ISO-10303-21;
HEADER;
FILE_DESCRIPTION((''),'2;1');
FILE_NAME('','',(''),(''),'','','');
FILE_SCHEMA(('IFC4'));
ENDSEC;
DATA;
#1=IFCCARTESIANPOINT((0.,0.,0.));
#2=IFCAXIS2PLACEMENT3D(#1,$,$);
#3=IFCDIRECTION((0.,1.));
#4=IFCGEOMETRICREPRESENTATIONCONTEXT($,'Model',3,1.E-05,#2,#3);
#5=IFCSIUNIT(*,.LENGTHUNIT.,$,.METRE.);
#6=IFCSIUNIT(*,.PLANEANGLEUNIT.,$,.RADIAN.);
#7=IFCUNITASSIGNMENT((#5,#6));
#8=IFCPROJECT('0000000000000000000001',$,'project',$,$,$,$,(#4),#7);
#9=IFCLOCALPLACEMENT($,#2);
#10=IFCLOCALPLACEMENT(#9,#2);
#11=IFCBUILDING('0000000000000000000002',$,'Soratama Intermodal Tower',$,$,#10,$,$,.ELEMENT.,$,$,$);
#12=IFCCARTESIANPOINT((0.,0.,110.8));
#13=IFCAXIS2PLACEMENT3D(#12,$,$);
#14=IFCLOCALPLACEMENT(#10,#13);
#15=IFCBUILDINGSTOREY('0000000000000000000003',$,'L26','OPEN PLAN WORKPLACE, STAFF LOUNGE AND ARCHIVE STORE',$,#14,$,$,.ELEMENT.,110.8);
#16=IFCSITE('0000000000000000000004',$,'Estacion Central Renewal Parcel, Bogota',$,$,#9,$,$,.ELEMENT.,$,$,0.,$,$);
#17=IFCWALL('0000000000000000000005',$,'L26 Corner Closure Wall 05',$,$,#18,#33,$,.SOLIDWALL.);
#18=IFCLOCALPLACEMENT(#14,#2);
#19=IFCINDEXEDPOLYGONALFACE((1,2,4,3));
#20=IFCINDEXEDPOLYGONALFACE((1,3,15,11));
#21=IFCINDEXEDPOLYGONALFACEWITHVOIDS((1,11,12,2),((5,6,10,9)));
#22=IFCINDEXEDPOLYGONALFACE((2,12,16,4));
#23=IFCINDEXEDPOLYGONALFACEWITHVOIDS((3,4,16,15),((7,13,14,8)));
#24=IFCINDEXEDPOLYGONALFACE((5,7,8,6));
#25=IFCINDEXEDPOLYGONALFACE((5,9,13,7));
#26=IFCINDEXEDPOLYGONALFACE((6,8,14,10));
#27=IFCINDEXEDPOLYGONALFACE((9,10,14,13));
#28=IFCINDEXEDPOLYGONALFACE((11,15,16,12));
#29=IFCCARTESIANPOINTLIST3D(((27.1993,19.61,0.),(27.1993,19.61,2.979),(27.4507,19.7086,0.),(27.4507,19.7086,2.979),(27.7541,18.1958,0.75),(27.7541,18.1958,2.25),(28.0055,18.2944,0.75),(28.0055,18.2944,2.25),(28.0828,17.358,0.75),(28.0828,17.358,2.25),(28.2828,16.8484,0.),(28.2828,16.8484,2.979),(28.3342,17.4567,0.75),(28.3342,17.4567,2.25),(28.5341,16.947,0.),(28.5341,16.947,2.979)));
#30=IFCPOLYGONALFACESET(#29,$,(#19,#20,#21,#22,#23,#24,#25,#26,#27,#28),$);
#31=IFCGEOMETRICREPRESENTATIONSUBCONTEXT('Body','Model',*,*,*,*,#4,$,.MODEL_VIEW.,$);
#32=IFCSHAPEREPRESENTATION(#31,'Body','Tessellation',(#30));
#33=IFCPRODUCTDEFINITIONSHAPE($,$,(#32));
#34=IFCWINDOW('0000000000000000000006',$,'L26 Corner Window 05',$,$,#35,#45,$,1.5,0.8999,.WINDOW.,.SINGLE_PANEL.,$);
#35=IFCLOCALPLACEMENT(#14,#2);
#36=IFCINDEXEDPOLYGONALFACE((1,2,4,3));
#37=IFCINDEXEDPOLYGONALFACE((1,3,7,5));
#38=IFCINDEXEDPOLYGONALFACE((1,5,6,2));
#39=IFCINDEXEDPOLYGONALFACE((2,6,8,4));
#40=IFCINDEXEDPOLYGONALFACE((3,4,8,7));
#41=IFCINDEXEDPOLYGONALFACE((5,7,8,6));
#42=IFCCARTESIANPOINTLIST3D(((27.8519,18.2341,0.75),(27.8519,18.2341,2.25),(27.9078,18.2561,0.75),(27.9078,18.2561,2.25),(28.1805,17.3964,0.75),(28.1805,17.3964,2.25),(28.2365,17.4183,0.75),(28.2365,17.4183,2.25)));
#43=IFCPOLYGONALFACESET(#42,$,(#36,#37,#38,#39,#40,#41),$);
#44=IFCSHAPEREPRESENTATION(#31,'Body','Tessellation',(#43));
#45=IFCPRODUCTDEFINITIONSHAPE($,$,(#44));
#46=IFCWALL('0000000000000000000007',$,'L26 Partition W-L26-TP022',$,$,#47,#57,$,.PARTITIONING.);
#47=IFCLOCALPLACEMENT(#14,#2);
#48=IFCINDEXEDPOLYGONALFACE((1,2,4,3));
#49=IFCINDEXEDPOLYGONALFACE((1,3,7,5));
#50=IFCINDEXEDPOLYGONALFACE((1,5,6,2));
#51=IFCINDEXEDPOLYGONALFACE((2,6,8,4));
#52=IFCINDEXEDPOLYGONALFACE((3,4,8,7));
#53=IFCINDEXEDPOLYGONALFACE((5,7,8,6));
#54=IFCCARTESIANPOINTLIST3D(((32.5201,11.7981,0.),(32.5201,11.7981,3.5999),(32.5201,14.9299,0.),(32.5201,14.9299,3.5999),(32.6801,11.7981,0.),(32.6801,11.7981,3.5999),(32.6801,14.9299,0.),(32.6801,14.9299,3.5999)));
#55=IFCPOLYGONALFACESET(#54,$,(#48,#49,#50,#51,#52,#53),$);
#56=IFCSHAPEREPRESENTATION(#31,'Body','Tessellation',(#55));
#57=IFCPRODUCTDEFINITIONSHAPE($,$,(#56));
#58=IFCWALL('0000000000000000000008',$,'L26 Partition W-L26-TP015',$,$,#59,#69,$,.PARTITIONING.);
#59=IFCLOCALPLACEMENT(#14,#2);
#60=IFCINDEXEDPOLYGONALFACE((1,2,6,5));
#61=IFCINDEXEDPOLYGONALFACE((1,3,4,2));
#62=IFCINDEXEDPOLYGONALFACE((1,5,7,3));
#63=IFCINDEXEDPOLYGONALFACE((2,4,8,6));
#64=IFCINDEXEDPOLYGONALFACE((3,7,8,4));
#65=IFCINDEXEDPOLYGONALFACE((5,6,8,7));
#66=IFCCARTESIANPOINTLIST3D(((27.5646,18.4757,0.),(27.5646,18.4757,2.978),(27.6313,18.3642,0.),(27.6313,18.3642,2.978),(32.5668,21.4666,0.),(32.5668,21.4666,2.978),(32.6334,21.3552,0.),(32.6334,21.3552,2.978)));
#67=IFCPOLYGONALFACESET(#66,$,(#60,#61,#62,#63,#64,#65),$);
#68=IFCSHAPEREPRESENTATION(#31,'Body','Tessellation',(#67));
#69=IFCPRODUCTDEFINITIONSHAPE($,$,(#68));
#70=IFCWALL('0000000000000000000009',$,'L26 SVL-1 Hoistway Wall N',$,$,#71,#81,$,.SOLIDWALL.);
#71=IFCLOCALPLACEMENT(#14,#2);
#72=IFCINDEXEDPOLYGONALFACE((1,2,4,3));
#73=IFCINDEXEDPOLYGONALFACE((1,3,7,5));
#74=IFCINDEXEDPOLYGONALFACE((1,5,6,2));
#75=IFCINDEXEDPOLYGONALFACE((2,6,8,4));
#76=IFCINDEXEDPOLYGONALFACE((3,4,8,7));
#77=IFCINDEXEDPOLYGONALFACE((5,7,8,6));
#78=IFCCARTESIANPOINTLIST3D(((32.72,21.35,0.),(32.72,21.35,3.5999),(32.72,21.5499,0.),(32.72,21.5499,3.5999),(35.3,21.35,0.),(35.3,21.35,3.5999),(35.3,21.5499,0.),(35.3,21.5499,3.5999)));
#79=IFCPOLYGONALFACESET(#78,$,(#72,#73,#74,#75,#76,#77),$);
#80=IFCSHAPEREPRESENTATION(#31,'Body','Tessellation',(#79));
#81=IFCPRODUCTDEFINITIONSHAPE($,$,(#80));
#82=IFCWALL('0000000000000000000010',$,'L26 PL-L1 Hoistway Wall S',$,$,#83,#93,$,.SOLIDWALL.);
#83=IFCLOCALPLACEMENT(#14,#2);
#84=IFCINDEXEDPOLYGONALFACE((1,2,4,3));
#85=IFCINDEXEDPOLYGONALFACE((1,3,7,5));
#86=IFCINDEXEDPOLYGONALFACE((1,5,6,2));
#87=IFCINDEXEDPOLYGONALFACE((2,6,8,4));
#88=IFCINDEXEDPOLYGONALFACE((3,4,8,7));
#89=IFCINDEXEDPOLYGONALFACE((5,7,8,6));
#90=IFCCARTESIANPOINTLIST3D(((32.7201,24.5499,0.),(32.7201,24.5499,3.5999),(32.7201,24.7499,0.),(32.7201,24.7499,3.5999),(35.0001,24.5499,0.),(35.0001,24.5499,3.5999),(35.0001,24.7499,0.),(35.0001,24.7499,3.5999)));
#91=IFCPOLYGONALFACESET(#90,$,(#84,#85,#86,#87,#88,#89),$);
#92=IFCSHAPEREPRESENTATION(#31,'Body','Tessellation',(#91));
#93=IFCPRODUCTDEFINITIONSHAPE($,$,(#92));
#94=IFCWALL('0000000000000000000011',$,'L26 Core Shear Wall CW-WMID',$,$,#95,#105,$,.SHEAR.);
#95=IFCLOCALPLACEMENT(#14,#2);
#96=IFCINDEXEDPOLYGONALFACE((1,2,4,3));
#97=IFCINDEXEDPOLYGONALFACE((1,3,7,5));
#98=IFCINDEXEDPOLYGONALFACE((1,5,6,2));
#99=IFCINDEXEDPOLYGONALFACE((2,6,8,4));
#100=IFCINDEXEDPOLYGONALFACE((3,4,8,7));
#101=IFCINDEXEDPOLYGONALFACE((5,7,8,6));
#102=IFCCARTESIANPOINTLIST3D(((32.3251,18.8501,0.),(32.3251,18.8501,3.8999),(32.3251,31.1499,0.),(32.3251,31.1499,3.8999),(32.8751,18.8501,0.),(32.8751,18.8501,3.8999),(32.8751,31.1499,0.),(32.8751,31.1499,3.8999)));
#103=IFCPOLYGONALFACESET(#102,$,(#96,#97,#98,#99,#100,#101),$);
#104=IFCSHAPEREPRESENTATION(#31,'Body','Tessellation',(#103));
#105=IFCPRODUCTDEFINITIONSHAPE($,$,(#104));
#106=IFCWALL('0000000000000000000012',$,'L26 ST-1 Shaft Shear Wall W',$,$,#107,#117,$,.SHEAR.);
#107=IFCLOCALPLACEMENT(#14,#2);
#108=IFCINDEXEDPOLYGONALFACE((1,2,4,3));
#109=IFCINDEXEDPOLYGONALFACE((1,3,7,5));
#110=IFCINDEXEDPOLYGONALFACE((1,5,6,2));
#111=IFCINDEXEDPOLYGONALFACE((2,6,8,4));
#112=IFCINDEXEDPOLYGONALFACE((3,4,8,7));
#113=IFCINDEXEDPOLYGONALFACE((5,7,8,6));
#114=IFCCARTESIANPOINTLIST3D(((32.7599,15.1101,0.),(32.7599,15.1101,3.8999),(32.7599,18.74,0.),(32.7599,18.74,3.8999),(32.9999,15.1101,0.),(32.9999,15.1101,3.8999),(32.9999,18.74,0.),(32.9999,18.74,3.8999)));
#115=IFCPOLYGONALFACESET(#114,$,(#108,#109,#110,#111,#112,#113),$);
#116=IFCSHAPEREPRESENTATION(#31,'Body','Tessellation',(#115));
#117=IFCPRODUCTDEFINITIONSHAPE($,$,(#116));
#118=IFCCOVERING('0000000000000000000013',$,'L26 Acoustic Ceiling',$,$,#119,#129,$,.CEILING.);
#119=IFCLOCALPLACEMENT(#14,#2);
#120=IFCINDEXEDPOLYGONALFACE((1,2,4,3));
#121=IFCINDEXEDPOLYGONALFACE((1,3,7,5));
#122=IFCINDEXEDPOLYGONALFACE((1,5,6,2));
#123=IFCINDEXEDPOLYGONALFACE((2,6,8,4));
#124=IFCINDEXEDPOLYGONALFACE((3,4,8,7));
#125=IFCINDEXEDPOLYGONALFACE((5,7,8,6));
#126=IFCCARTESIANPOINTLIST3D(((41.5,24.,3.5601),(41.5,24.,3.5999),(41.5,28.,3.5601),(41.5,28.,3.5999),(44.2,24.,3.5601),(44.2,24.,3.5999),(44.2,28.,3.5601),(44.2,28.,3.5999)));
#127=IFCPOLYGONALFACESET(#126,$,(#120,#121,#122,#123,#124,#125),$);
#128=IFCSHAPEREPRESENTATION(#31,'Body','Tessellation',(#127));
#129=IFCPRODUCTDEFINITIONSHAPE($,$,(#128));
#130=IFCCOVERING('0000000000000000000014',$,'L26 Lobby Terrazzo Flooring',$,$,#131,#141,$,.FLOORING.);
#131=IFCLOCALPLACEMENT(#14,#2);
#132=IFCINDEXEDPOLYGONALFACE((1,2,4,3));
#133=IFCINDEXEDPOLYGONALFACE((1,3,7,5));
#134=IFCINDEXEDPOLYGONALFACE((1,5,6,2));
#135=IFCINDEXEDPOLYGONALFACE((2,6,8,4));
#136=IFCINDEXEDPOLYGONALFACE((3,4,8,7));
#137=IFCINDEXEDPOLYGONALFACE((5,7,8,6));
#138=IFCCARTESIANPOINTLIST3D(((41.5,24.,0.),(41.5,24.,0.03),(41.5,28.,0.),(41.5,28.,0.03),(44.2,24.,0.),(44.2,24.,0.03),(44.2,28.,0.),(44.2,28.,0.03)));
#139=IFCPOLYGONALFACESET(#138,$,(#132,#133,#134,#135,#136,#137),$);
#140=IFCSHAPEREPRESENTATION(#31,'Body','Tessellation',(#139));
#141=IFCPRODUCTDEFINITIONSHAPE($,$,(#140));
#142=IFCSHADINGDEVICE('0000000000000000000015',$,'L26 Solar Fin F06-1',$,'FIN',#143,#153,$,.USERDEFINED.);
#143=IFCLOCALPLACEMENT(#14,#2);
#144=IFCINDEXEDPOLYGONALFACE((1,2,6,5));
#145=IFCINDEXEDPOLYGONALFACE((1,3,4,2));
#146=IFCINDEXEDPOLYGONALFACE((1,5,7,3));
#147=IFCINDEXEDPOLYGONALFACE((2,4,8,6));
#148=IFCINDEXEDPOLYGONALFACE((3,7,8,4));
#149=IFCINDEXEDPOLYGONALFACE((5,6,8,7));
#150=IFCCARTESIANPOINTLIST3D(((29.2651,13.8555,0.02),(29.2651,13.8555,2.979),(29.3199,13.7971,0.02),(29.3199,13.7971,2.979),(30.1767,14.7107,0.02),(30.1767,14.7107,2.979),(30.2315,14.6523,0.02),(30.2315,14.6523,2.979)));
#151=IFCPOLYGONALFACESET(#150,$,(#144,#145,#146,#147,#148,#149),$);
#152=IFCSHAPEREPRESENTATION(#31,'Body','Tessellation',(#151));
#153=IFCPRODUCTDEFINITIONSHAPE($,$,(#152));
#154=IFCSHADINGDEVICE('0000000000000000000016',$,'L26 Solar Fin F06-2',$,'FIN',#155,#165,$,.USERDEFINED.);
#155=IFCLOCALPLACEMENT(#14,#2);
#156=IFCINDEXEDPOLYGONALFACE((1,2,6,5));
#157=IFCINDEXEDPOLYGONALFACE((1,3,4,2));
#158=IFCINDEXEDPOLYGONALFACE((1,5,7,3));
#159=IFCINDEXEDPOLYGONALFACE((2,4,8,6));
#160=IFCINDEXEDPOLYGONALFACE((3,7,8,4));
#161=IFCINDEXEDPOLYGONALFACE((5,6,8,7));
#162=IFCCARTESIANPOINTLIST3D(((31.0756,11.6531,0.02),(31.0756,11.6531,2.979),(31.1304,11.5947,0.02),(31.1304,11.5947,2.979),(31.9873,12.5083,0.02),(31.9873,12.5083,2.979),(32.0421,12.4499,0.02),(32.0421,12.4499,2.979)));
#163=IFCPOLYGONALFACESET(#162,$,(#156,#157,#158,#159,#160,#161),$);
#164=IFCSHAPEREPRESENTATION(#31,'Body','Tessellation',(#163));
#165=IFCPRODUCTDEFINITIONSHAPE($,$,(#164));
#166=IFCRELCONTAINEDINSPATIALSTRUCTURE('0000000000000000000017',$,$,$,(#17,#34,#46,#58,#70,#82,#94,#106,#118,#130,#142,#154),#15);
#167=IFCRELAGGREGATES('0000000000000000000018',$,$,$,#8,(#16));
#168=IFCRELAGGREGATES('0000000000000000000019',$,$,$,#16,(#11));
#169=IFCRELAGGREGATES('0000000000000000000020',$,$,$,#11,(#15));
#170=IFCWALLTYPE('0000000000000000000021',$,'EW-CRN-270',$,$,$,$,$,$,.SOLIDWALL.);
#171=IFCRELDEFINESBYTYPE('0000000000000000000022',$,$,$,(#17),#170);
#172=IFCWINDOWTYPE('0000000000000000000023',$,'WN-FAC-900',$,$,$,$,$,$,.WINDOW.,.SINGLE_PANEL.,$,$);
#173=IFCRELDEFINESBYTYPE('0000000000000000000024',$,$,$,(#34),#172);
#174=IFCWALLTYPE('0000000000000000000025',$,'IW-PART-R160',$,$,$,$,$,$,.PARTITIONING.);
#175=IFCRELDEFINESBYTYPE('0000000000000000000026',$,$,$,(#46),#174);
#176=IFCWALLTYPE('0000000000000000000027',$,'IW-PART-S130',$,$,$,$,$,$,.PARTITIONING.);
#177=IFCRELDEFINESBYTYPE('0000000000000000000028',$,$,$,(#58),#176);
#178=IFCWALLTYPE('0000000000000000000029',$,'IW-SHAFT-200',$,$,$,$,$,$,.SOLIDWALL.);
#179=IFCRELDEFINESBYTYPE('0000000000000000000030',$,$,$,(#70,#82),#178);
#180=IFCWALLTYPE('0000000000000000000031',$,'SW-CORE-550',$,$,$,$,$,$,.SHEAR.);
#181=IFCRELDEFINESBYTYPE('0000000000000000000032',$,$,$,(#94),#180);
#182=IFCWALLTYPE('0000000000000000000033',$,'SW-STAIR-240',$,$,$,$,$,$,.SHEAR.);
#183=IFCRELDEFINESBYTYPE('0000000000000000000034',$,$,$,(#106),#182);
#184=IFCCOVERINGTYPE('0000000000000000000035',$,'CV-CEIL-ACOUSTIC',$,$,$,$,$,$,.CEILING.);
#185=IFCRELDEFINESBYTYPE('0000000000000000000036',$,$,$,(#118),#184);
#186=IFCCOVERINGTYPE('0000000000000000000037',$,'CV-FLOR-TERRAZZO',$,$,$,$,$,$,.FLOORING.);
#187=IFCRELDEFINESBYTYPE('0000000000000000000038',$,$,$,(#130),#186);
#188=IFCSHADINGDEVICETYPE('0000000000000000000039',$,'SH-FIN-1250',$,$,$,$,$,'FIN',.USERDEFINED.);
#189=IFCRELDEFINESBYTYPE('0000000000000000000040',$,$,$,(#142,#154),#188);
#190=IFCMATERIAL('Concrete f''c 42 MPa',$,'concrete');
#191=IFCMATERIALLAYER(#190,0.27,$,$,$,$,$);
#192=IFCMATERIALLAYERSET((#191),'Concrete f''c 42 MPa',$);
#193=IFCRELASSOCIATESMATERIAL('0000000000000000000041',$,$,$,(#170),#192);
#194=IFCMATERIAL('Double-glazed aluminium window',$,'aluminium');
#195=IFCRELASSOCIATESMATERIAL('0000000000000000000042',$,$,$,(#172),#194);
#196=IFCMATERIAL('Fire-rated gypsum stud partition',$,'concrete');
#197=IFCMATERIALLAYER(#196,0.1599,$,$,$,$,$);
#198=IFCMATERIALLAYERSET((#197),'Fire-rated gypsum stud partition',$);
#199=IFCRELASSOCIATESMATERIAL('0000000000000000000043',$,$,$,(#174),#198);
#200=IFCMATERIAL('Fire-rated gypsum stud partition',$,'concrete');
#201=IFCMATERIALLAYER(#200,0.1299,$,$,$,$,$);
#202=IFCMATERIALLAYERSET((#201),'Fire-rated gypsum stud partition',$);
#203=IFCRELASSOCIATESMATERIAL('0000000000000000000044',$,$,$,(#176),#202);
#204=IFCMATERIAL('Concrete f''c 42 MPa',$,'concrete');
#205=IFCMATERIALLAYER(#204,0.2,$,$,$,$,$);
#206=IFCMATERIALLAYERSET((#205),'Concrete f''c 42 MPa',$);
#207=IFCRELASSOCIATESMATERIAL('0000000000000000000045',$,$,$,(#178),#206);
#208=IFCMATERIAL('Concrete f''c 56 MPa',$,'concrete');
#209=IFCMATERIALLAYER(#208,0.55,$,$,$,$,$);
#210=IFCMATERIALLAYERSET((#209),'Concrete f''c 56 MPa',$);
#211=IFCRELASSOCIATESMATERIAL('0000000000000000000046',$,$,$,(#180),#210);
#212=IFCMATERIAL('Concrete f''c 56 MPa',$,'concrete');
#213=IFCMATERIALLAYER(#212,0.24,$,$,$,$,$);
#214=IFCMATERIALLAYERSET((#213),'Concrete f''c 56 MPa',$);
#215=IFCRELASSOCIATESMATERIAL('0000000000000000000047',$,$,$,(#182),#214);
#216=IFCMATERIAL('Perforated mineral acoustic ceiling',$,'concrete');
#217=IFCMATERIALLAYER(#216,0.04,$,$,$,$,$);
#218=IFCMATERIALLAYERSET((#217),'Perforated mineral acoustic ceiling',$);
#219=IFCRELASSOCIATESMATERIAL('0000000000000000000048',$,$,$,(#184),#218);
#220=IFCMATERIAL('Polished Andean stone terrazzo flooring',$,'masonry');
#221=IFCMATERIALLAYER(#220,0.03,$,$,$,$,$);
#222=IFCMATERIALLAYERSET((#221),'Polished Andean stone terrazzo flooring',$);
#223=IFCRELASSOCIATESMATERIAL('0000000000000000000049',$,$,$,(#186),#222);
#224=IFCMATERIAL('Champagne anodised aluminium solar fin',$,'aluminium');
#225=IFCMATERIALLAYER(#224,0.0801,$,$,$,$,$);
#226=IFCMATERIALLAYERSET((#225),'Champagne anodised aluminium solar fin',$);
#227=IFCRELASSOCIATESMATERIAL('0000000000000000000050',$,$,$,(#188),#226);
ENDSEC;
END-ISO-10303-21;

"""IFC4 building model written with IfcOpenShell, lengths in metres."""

from ifc_helpers import new_model, si_unit, direction, frame, frame_2d, origin, origin_2d, place, context, subcontext, project, spatial, polyline, rectangle, outline, extrude, material, layer, layer_set, type_object, element, fill, save


model = new_model("IFC4")

# Units and contexts
model_context = context("Model", 3, precision=1e-05, world=origin(), true_north=direction((0.0, 1.0)))
body_context = subcontext(model_context, "Body", "Model", "MODEL_VIEW")
ifc_project = project(units=[si_unit("LENGTHUNIT", "METRE"), si_unit("PLANEANGLEUNIT", "RADIAN")], contexts=[model_context])

# Site, building, storey
site_placement = place(None, origin())
site = spatial("IfcSite", under=ifc_project, at=site_placement, Name="Estacion Central Renewal Parcel, Bogota", CompositionType="ELEMENT", RefElevation=0.0)
building_placement = place(site_placement, origin())
building = spatial("IfcBuilding", under=site, at=building_placement, Name="Soratama Intermodal Tower", CompositionType="ELEMENT")
storey_placement = place(building_placement, frame((0.0, 0.0, 110.8)))
storey = spatial("IfcBuildingStorey", under=building, at=storey_placement, Name="L26", Description="OPEN PLAN WORKPLACE, STAFF LOUNGE AND ARCHIVE STORE", CompositionType="ELEMENT", Elevation=110.8)

# Wall, opening, window
ifc_material_1 = material(Name="Concrete f'c 42 MPa", Category="concrete")
ifc_layer_1 = layer(ifc_material_1, 0.27)
ifc_layer_set_1 = layer_set([ifc_layer_1], Name="Concrete f'c 42 MPa")
wall_type_1 = type_object("IfcWallType", Name="EW-CRN-270", PredefinedType="SOLIDWALL", material=ifc_layer_set_1)
wall_1_placement = place(storey_placement, frame((27.325, 19.6594, 0.0), z_axis=(0.0, 0.0, 1.0), x_axis=(0.365225, -0.930919, 0.0)))
wall_1 = element("IfcWall", 1, at=wall_1_placement, inside=storey, type_object=wall_type_1, Name="L26 Corner Closure Wall 05", PredefinedType="SOLIDWALL", context=body_context, shape_type="SweptSolid", body=[
    extrude(rectangle(XDim=2.9666, YDim=0.27, at=frame_2d((1.4834, 0.0))), origin(), (0.0, 0.0, 1.0), 2.979),
])
opening_placement = place(wall_1_placement, frame((1.5193, 0.0, 0.75)))
opening = element("IfcOpeningElement", 2, at=opening_placement, cuts=wall_1, PredefinedType="OPENING", context=body_context, shape_type="SweptSolid", body=[
    extrude(rectangle(XDim=0.8999, YDim=1.5, at=frame_2d((0.45, 0.75))), frame((0.0, 0.145, 0.0), z_axis=(0.0, -1.0, 0.0), x_axis=(1.0, 0.0, 0.0)), (0.0, 0.0, 1.0), 0.29),
])
ifc_material_2 = material(Name="Double-glazed aluminium window", Category="aluminium")
window_type = type_object("IfcWindowType", Name="WN-FAC-900", PartitioningType="SINGLE_PANEL", PredefinedType="WINDOW", material=ifc_material_2)
window_placement = place(opening_placement, origin())
window = element("IfcWindow", 3, at=window_placement, inside=storey, type_object=window_type, Name="L26 Corner Window 05", OverallHeight=1.5, OverallWidth=0.8999, PartitioningType="SINGLE_PANEL", PredefinedType="WINDOW", context=body_context, shape_type="SweptSolid", body=[
    extrude(rectangle(XDim=0.8999, YDim=1.5, at=frame_2d((0.45, 0.75))), frame((0.0, 0.03, 0.0), z_axis=(0.0, -1.0, 0.0), x_axis=(1.0, 0.0, 0.0)), (0.0, 0.0, 1.0), 0.0601),
])
fill(opening, window)

# Walls
ifc_material_3 = material(Name="Fire-rated gypsum stud partition", Category="concrete")
ifc_layer_2 = layer(ifc_material_3, 0.1599)
ifc_layer_set_2 = layer_set([ifc_layer_2], Name="Fire-rated gypsum stud partition")
wall_type_2 = type_object("IfcWallType", Name="IW-PART-R160", PredefinedType="PARTITIONING", material=ifc_layer_set_2)
wall_2_placement = place(storey_placement, frame((32.6001, 11.7981, 0.0), z_axis=(0.0, 0.0, 1.0), x_axis=(0.0, 1.0, 0.0)))
element("IfcWall", 4, at=wall_2_placement, inside=storey, type_object=wall_type_2, Name="L26 Partition W-L26-TP022", PredefinedType="PARTITIONING", context=body_context, shape_type="SweptSolid", body=[
    extrude(rectangle(XDim=3.1318, YDim=0.1599, at=frame_2d((1.5659, 0.0))), origin(), (0.0, 0.0, 1.0), 3.5999),
])
ifc_material_4 = material(Name="Fire-rated gypsum stud partition", Category="concrete")
ifc_layer_3 = layer(ifc_material_4, 0.1299)
ifc_layer_set_3 = layer_set([ifc_layer_3], Name="Fire-rated gypsum stud partition")
wall_type_3 = type_object("IfcWallType", Name="IW-PART-S130", PredefinedType="PARTITIONING", material=ifc_layer_set_3)
wall_3_placement = place(storey_placement, frame((32.6001, 21.4109, 0.0), z_axis=(0.0, 0.0, 1.0), x_axis=(-0.858276, -0.513189, 0.0)))
element("IfcWall", 5, at=wall_3_placement, inside=storey, type_object=wall_type_3, Name="L26 Partition W-L26-TP015", PredefinedType="PARTITIONING", context=body_context, shape_type="SweptSolid", body=[
    extrude(rectangle(XDim=5.8281, YDim=0.1299, at=frame_2d((2.9141, 0.0))), origin(), (0.0, 0.0, 1.0), 2.978),
])
ifc_material_5 = material(Name="Concrete f'c 42 MPa", Category="concrete")
ifc_layer_4 = layer(ifc_material_5, 0.2)
ifc_layer_set_4 = layer_set([ifc_layer_4], Name="Concrete f'c 42 MPa")
wall_type_4 = type_object("IfcWallType", Name="IW-SHAFT-200", PredefinedType="SOLIDWALL", material=ifc_layer_set_4)
wall_4_placement = place(storey_placement, frame((32.72, 21.45, 0.0), z_axis=(0.0, 0.0, 1.0), x_axis=(1.0, 0.0, 0.0)))
element("IfcWall", 6, at=wall_4_placement, inside=storey, type_object=wall_type_4, Name="L26 SVL-1 Hoistway Wall N", PredefinedType="SOLIDWALL", context=body_context, shape_type="SweptSolid", body=[
    extrude(rectangle(XDim=2.5801, YDim=0.2, at=frame_2d((1.29, 0.0))), origin(), (0.0, 0.0, 1.0), 3.5999),
])
wall_5_placement = place(storey_placement, frame((32.72, 24.6499, 0.0), z_axis=(0.0, 0.0, 1.0), x_axis=(1.0, 0.0, 0.0)))
element("IfcWall", 7, at=wall_5_placement, inside=storey, type_object=wall_type_4, Name="L26 PL-L1 Hoistway Wall S", PredefinedType="SOLIDWALL", context=body_context, shape_type="SweptSolid", body=[
    extrude(rectangle(XDim=2.28, YDim=0.2, at=frame_2d((1.1401, 0.0))), origin(), (0.0, 0.0, 1.0), 3.5999),
])
ifc_material_6 = material(Name="Concrete f'c 56 MPa", Category="concrete")
ifc_layer_5 = layer(ifc_material_6, 0.55)
ifc_layer_set_5 = layer_set([ifc_layer_5], Name="Concrete f'c 56 MPa")
wall_type_5 = type_object("IfcWallType", Name="SW-CORE-550", PredefinedType="SHEAR", material=ifc_layer_set_5)
wall_6_placement = place(storey_placement, frame((32.6001, 18.8501, 0.0), z_axis=(0.0, 0.0, 1.0), x_axis=(0.0, 1.0, 0.0)))
element("IfcWall", 8, at=wall_6_placement, inside=storey, type_object=wall_type_5, Name="L26 Core Shear Wall CW-WMID", PredefinedType="SHEAR", context=body_context, shape_type="SweptSolid", body=[
    extrude(rectangle(XDim=12.2998, YDim=0.55, at=frame_2d((6.1499, 0.0))), origin(), (0.0, 0.0, 1.0), 3.8999),
])
ifc_material_7 = material(Name="Concrete f'c 56 MPa", Category="concrete")
ifc_layer_6 = layer(ifc_material_7, 0.24)
ifc_layer_set_6 = layer_set([ifc_layer_6], Name="Concrete f'c 56 MPa")
wall_type_6 = type_object("IfcWallType", Name="SW-STAIR-240", PredefinedType="SHEAR", material=ifc_layer_set_6)
wall_7_placement = place(storey_placement, frame((32.8799, 15.1101, 0.0), z_axis=(0.0, 0.0, 1.0), x_axis=(0.0, 1.0, 0.0)))
element("IfcWall", 9, at=wall_7_placement, inside=storey, type_object=wall_type_6, Name="L26 ST-1 Shaft Shear Wall W", PredefinedType="SHEAR", context=body_context, shape_type="SweptSolid", body=[
    extrude(rectangle(XDim=3.6299, YDim=0.24, at=frame_2d((1.8149, 0.0))), origin(), (0.0, 0.0, 1.0), 3.8999),
])

# Coverings
ifc_material_8 = material(Name="Perforated mineral acoustic ceiling", Category="concrete")
ifc_layer_7 = layer(ifc_material_8, 0.04)
ifc_layer_set_7 = layer_set([ifc_layer_7], Name="Perforated mineral acoustic ceiling")
covering_type_1 = type_object("IfcCoveringType", Name="CV-CEIL-ACOUSTIC", PredefinedType="CEILING", material=ifc_layer_set_7)
covering_1_placement = place(storey_placement, frame((0.0, 0.0, 3.5601)))
element("IfcCovering", 10, at=covering_1_placement, inside=storey, type_object=covering_type_1, Name="L26 Acoustic Ceiling", PredefinedType="CEILING", context=body_context, shape_type="SweptSolid", body=[
    extrude(outline(polyline([(41.5, 24.0), (44.2, 24.0), (44.2, 28.0), (41.5, 28.0), (41.5, 24.0)])), origin(), (0.0, 0.0, 1.0), 0.0398),
])
ifc_material_9 = material(Name="Polished Andean stone terrazzo flooring", Category="masonry")
ifc_layer_8 = layer(ifc_material_9, 0.03)
ifc_layer_set_8 = layer_set([ifc_layer_8], Name="Polished Andean stone terrazzo flooring")
covering_type_2 = type_object("IfcCoveringType", Name="CV-FLOR-TERRAZZO", PredefinedType="FLOORING", material=ifc_layer_set_8)
covering_2_placement = place(storey_placement, origin())
element("IfcCovering", 11, at=covering_2_placement, inside=storey, type_object=covering_type_2, Name="L26 Lobby Terrazzo Flooring", PredefinedType="FLOORING", context=body_context, shape_type="SweptSolid", body=[
    extrude(outline(polyline([(41.5, 24.0), (44.2, 24.0), (44.2, 28.0), (41.5, 28.0), (41.5, 24.0)])), origin(), (0.0, 0.0, 1.0), 0.03),
])

# Shading devices
ifc_material_10 = material(Name="Champagne anodised aluminium solar fin", Category="aluminium")
ifc_layer_9 = layer(ifc_material_10, 0.0801)
ifc_layer_set_9 = layer_set([ifc_layer_9], Name="Champagne anodised aluminium solar fin")
shading_device_type = type_object("IfcShadingDeviceType", Name="SH-FIN-1250", ElementType="FIN", PredefinedType="USERDEFINED", material=ifc_layer_set_9)
for number, where, z_axis, x_axis, name in (
    (12, (29.7483, 14.2539, 0.02), (0.0, 0.0, 1.0), (-0.729327, -0.684165, 0.0), "L26 Solar Fin F06-1"),
    (13, (31.5588, 12.0515, 0.02), (0.0, 0.0, 1.0), (-0.729327, -0.684165, 0.0), "L26 Solar Fin F06-2"),
):
    element("IfcShadingDevice", number, at=place(storey_placement, frame(where, z_axis=z_axis, x_axis=x_axis)), inside=storey, type_object=shading_device_type, Name=name, ObjectType="FIN", PredefinedType="USERDEFINED", context=body_context, shape_type="SweptSolid", body=[
        extrude(rectangle(XDim=1.25, YDim=0.0801, at=origin_2d()), origin(), (0.0, 0.0, 1.0), 2.959),
    ])

save(model, "model.ifc")
